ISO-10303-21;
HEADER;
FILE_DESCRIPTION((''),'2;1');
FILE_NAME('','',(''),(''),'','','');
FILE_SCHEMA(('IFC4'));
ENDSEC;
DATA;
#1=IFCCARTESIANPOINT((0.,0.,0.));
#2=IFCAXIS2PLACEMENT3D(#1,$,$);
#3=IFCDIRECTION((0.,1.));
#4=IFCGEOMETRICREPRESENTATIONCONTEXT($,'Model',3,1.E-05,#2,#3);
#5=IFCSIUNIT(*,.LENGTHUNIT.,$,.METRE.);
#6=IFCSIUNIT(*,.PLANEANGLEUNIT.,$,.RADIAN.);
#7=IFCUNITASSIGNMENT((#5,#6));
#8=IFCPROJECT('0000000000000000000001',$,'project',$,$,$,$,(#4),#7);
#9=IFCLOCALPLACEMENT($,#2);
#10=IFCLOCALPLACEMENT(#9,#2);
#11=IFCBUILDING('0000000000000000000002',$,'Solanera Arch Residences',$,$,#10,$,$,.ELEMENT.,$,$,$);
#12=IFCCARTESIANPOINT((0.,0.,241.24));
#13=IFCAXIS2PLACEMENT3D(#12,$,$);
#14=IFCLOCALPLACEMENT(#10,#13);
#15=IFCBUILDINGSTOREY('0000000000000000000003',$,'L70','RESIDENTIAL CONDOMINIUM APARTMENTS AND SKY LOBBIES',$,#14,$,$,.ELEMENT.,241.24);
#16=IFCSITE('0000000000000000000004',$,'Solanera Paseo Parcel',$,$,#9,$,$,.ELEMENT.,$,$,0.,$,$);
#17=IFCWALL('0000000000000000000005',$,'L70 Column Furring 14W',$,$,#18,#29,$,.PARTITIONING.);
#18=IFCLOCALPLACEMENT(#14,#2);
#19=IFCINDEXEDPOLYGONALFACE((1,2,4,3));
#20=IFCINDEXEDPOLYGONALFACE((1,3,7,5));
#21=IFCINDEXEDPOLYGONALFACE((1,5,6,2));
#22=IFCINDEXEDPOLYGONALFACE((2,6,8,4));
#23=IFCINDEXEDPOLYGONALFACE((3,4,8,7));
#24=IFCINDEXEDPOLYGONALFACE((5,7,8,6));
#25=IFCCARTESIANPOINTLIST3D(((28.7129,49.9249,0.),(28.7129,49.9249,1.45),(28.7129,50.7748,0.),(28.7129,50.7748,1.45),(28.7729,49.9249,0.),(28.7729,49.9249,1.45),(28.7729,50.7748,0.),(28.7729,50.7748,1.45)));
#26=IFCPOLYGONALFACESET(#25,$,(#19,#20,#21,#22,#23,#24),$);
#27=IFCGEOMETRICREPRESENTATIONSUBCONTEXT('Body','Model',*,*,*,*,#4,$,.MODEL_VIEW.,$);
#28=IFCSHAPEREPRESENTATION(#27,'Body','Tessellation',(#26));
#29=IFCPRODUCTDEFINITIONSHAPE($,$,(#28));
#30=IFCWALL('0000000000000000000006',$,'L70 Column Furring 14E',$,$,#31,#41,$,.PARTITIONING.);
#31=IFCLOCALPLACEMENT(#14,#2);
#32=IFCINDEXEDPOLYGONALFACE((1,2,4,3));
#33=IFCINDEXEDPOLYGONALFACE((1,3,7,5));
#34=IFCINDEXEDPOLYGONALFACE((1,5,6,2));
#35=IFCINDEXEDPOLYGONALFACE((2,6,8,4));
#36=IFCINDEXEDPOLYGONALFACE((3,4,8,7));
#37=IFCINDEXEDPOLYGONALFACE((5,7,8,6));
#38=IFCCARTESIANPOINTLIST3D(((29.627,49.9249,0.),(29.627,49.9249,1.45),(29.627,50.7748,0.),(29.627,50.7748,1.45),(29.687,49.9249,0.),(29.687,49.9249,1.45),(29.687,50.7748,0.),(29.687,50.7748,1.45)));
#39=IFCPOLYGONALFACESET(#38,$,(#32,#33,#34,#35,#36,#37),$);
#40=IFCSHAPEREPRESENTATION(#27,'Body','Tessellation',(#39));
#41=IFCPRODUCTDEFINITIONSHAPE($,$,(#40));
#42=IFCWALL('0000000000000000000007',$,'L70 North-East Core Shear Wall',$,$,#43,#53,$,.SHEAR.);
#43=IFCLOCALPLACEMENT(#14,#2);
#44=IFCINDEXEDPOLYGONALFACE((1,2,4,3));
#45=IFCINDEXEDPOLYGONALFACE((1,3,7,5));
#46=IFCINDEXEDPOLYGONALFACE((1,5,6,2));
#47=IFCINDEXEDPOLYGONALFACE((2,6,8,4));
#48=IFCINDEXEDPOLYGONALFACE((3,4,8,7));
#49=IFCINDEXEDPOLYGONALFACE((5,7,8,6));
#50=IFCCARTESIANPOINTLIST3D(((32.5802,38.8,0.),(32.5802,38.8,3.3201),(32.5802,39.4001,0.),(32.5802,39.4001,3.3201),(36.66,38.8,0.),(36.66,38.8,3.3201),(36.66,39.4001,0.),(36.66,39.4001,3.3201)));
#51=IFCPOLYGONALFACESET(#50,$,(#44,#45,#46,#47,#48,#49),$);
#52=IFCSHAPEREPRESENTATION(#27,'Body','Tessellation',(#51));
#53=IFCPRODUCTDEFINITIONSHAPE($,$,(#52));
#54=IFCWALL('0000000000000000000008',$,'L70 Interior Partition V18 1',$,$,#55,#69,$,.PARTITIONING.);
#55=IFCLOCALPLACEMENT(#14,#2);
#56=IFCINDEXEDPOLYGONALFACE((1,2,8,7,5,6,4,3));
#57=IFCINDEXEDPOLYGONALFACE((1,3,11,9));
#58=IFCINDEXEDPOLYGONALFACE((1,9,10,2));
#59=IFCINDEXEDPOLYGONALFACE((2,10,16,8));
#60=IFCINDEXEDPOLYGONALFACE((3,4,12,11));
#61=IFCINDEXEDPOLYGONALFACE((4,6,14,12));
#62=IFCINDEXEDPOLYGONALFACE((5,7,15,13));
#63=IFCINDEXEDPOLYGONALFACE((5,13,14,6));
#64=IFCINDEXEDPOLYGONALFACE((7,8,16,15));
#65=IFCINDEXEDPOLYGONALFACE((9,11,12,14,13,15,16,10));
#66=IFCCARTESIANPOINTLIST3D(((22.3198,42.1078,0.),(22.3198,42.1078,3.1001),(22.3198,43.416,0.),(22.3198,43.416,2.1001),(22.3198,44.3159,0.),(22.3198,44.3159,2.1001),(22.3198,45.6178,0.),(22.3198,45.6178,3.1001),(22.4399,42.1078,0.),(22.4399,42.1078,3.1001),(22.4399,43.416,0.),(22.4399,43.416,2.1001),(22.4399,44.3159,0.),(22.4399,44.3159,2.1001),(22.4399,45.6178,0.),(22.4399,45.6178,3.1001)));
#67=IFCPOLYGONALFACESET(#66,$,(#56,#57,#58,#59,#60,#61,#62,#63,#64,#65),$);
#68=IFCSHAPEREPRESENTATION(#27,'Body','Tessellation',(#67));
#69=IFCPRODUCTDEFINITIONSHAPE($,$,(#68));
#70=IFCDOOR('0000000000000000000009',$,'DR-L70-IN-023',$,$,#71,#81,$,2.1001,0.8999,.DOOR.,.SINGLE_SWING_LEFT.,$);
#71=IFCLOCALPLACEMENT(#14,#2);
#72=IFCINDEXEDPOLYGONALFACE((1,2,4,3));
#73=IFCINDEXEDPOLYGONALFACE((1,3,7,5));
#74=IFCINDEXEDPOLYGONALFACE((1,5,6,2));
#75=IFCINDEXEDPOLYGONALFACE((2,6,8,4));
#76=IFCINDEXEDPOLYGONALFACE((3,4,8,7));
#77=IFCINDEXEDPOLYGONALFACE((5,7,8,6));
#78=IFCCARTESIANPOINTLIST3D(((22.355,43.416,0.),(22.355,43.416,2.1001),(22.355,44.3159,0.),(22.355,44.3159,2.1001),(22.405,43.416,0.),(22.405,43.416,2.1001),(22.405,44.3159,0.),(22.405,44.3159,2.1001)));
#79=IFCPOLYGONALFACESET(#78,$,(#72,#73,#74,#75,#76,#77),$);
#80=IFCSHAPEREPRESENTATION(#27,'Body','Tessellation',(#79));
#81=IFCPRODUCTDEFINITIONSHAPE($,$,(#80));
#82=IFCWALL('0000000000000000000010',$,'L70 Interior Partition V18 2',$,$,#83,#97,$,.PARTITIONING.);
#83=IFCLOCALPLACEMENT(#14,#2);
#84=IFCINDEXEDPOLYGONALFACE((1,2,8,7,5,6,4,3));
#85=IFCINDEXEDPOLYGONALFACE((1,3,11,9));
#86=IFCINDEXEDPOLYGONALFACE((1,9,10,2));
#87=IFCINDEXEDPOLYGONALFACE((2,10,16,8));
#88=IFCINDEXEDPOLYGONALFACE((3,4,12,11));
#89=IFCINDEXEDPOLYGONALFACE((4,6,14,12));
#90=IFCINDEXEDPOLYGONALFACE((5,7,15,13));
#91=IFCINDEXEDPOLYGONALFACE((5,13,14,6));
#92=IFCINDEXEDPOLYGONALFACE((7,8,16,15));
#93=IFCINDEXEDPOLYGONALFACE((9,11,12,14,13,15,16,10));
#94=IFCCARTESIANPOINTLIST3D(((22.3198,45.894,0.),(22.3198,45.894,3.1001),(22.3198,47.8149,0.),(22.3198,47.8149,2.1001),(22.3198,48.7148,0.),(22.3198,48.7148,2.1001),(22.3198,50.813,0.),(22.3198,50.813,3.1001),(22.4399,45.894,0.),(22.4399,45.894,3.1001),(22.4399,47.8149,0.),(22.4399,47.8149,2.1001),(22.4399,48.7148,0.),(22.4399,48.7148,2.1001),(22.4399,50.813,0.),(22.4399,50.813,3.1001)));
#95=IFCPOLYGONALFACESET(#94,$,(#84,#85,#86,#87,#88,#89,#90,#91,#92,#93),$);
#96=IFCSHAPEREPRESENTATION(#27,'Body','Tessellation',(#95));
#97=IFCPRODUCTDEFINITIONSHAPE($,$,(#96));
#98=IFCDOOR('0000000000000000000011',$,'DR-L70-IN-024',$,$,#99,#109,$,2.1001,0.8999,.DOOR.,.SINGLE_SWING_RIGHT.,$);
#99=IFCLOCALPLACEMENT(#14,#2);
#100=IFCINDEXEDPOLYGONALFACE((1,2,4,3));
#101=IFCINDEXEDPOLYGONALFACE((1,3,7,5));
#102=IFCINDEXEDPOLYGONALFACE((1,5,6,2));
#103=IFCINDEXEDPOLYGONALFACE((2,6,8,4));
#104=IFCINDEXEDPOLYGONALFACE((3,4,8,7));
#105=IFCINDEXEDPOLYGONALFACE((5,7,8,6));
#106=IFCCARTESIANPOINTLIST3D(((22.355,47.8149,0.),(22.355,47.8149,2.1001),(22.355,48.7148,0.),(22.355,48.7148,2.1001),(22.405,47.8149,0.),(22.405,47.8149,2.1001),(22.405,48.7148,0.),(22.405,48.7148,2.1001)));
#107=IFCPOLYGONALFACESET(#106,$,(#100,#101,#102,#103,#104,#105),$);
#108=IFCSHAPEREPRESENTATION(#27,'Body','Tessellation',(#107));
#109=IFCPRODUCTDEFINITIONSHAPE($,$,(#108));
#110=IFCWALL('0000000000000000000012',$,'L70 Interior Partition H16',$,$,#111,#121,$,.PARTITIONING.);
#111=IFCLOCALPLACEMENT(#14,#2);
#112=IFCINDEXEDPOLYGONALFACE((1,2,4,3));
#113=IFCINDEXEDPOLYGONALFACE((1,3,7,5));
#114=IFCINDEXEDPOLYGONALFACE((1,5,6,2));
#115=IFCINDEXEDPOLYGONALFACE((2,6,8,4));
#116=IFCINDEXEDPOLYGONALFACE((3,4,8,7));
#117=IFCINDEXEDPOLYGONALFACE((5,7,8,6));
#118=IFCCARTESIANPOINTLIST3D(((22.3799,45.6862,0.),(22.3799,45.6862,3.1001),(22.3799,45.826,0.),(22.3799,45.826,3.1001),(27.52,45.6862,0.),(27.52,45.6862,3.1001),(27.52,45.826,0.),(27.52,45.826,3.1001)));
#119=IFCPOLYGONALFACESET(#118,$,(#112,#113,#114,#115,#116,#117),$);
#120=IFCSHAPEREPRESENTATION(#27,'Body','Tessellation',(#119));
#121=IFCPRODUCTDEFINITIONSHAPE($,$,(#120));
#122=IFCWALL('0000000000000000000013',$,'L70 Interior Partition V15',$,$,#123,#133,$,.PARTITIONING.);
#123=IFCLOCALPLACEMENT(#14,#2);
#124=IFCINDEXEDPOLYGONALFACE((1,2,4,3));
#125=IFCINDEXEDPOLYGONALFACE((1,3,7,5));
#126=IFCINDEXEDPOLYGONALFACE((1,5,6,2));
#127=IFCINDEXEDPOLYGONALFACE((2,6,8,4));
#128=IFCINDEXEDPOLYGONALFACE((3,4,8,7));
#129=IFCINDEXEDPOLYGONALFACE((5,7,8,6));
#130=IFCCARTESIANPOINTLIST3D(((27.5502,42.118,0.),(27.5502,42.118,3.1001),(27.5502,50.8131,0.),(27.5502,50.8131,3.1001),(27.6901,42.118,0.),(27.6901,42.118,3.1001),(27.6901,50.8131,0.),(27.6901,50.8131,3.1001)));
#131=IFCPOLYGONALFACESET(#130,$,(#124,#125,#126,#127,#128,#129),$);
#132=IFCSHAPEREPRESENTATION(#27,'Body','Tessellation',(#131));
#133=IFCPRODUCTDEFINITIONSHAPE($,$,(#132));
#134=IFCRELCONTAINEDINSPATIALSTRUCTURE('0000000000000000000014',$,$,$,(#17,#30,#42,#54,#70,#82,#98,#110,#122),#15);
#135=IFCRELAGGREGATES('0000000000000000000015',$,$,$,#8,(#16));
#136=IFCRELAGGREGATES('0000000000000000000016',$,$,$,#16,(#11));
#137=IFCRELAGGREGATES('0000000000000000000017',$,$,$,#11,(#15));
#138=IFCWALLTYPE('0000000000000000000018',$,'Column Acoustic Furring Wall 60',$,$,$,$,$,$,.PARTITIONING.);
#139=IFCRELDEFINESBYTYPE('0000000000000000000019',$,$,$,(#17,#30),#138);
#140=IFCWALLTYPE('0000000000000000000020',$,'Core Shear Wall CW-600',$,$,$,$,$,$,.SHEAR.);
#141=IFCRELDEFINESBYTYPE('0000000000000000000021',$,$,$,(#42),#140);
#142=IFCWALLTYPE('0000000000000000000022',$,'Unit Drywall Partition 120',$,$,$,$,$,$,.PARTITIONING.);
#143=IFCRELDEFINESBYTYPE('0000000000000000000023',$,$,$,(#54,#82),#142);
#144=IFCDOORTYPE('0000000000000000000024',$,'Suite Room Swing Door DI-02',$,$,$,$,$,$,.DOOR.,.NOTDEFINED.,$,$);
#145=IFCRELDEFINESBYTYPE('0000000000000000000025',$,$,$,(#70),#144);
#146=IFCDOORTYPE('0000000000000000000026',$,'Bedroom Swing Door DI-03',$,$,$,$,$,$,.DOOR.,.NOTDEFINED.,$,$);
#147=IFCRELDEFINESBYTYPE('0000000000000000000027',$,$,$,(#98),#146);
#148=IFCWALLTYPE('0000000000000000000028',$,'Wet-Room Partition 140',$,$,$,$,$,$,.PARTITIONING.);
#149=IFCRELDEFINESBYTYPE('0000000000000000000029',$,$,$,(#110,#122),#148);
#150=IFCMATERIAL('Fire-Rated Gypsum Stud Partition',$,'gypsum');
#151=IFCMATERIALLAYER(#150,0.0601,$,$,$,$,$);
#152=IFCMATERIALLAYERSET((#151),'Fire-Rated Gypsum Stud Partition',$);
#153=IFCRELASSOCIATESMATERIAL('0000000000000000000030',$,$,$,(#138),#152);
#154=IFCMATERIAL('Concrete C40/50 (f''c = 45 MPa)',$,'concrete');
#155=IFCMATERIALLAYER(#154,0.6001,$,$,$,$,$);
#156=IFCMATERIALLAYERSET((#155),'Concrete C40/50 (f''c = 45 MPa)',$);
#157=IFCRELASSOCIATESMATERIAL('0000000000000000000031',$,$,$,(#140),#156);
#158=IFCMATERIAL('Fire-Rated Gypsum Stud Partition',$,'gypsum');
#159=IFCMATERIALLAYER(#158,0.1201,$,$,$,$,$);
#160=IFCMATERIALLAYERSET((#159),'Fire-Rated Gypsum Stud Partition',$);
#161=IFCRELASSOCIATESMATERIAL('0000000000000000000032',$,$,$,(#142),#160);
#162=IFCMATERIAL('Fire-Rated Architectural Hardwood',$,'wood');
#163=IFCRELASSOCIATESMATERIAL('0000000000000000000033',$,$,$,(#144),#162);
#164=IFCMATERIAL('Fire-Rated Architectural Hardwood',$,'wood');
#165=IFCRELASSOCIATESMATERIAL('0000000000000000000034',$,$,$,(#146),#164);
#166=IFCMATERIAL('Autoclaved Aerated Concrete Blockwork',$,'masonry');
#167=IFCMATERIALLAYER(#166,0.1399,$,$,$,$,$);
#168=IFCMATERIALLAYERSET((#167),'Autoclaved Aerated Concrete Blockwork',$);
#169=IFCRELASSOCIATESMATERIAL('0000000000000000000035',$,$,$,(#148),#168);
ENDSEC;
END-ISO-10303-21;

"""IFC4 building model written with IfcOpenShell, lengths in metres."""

from ifc_helpers import new_model, si_unit, direction, frame, frame_2d, origin, place, context, subcontext, project, spatial, rectangle, extrude, material, layer, layer_set, type_object, element, fill, save


model = new_model("IFC4")

# Units and contexts
model_context = context("Model", 3, precision=1e-05, world=origin(), true_north=direction((0.0, 1.0)))
body_context = subcontext(model_context, "Body", "Model", "MODEL_VIEW")
ifc_project = project(units=[si_unit("LENGTHUNIT", "METRE"), si_unit("PLANEANGLEUNIT", "RADIAN")], contexts=[model_context])

# Site, building, storey
site_placement = place(None, origin())
site = spatial("IfcSite", under=ifc_project, at=site_placement, Name="Solanera Paseo Parcel", CompositionType="ELEMENT", RefElevation=0.0)
building_placement = place(site_placement, origin())
building = spatial("IfcBuilding", under=site, at=building_placement, Name="Solanera Arch Residences", CompositionType="ELEMENT")
storey_placement = place(building_placement, frame((0.0, 0.0, 241.24)))
storey = spatial("IfcBuildingStorey", under=building, at=storey_placement, Name="L70", Description="RESIDENTIAL CONDOMINIUM APARTMENTS AND SKY LOBBIES", CompositionType="ELEMENT", Elevation=241.24)

# Walls
ifc_material_1 = material(Name="Fire-Rated Gypsum Stud Partition", Category="gypsum")
ifc_layer_1 = layer(ifc_material_1, 0.0601)
ifc_layer_set_1 = layer_set([ifc_layer_1], Name="Fire-Rated Gypsum Stud Partition")
wall_type_1 = type_object("IfcWallType", Name="Column Acoustic Furring Wall 60", PredefinedType="PARTITIONING", material=ifc_layer_set_1)
for number, where, z_axis, x_axis, name in (
    (1, (28.7429, 49.925, 0.0), (0.0, 0.0, 1.0), (0.0, 1.0, 0.0), "L70 Column Furring 14W"),
    (2, (29.657, 49.925, 0.0), (0.0, 0.0, 1.0), (0.0, 1.0, 0.0), "L70 Column Furring 14E"),
):
    element("IfcWall", number, at=place(storey_placement, frame(where, z_axis=z_axis, x_axis=x_axis)), inside=storey, type_object=wall_type_1, Name=name, PredefinedType="PARTITIONING", context=body_context, shape_type="SweptSolid", body=[
        extrude(rectangle(XDim=0.8499, YDim=0.0601, at=frame_2d((0.4248, 0.0))), origin(), (0.0, 0.0, 1.0), 1.45),
    ])
ifc_material_2 = material(Name="Concrete C40/50 (f'c = 45 MPa)", Category="concrete")
ifc_layer_2 = layer(ifc_material_2, 0.6001)
ifc_layer_set_2 = layer_set([ifc_layer_2], Name="Concrete C40/50 (f'c = 45 MPa)")
wall_type_2 = type_object("IfcWallType", Name="Core Shear Wall CW-600", PredefinedType="SHEAR", material=ifc_layer_set_2)
wall_1_placement = place(storey_placement, frame((32.5801, 39.1001, 0.0), z_axis=(0.0, 0.0, 1.0), x_axis=(1.0, 0.0, 0.0)))
element("IfcWall", 3, at=wall_1_placement, inside=storey, type_object=wall_type_2, Name="L70 North-East Core Shear Wall", PredefinedType="SHEAR", context=body_context, shape_type="SweptSolid", body=[
    extrude(rectangle(XDim=4.0798, YDim=0.6001, at=frame_2d((2.04, 0.0))), origin(), (0.0, 0.0, 1.0), 3.3201),
])

# Walls, openings, doors
ifc_material_3 = material(Name="Fire-Rated Gypsum Stud Partition", Category="gypsum")
ifc_layer_3 = layer(ifc_material_3, 0.1201)
ifc_layer_set_3 = layer_set([ifc_layer_3], Name="Fire-Rated Gypsum Stud Partition")
wall_type_3 = type_object("IfcWallType", Name="Unit Drywall Partition 120", PredefinedType="PARTITIONING", material=ifc_layer_set_3)
wall_2_placement = place(storey_placement, frame((22.3799, 42.1079, 0.0), z_axis=(0.0, 0.0, 1.0), x_axis=(0.0, 1.0, 0.0)))
wall_2 = element("IfcWall", 4, at=wall_2_placement, inside=storey, type_object=wall_type_3, Name="L70 Interior Partition V18 1", PredefinedType="PARTITIONING", context=body_context, shape_type="SweptSolid", body=[
    extrude(rectangle(XDim=3.51, YDim=0.1201, at=frame_2d((1.7549, 0.0))), origin(), (0.0, 0.0, 1.0), 3.1001),
])
opening_1_placement = place(wall_2_placement, frame((1.3081, 0.0, 0.0)))
opening_1 = element("IfcOpeningElement", 5, at=opening_1_placement, cuts=wall_2, PredefinedType="OPENING", context=body_context, shape_type="SweptSolid", body=[
    extrude(rectangle(XDim=0.8999, YDim=2.1001, at=frame_2d((0.45, 1.05))), frame((0.0, 0.0701, 0.0), z_axis=(0.0, -1.0, 0.0), x_axis=(1.0, 0.0, 0.0)), (0.0, 0.0, 1.0), 0.1401),
])
ifc_material_4 = material(Name="Fire-Rated Architectural Hardwood", Category="wood")
door_type_1 = type_object("IfcDoorType", Name="Suite Room Swing Door DI-02", OperationType="NOTDEFINED", PredefinedType="DOOR", material=ifc_material_4)
door_1_placement = place(opening_1_placement, origin())
door_1 = element("IfcDoor", 6, at=door_1_placement, inside=storey, type_object=door_type_1, Name="DR-L70-IN-023", OperationType="SINGLE_SWING_LEFT", OverallHeight=2.1001, OverallWidth=0.8999, PredefinedType="DOOR", context=body_context, shape_type="SweptSolid", body=[
    extrude(rectangle(XDim=0.8999, YDim=2.1001, at=frame_2d((0.45, 1.05))), frame((0.0, 0.0249, 0.0), z_axis=(0.0, -1.0, 0.0), x_axis=(1.0, 0.0, 0.0)), (0.0, 0.0, 1.0), 0.05),
])
fill(opening_1, door_1)
wall_3_placement = place(storey_placement, frame((22.3799, 45.894, 0.0), z_axis=(0.0, 0.0, 1.0), x_axis=(0.0, 1.0, 0.0)))
wall_3 = element("IfcWall", 7, at=wall_3_placement, inside=storey, type_object=wall_type_3, Name="L70 Interior Partition V18 2", PredefinedType="PARTITIONING", context=body_context, shape_type="SweptSolid", body=[
    extrude(rectangle(XDim=4.9189, YDim=0.1201, at=frame_2d((2.4595, 0.0))), origin(), (0.0, 0.0, 1.0), 3.1001),
])
opening_2_placement = place(wall_3_placement, frame((1.9209, 0.0, 0.0)))
opening_2 = element("IfcOpeningElement", 8, at=opening_2_placement, cuts=wall_3, PredefinedType="OPENING", context=body_context, shape_type="SweptSolid", body=[
    extrude(rectangle(XDim=0.8999, YDim=2.1001, at=frame_2d((0.45, 1.05))), frame((0.0, 0.0701, 0.0), z_axis=(0.0, -1.0, 0.0), x_axis=(1.0, 0.0, 0.0)), (0.0, 0.0, 1.0), 0.1401),
])
ifc_material_5 = material(Name="Fire-Rated Architectural Hardwood", Category="wood")
door_type_2 = type_object("IfcDoorType", Name="Bedroom Swing Door DI-03", OperationType="NOTDEFINED", PredefinedType="DOOR", material=ifc_material_5)
door_2_placement = place(opening_2_placement, origin())
door_2 = element("IfcDoor", 9, at=door_2_placement, inside=storey, type_object=door_type_2, Name="DR-L70-IN-024", OperationType="SINGLE_SWING_RIGHT", OverallHeight=2.1001, OverallWidth=0.8999, PredefinedType="DOOR", context=body_context, shape_type="SweptSolid", body=[
    extrude(rectangle(XDim=0.8999, YDim=2.1001, at=frame_2d((0.45, 1.05))), frame((0.0, 0.0249, 0.0), z_axis=(0.0, -1.0, 0.0), x_axis=(1.0, 0.0, 0.0)), (0.0, 0.0, 1.0), 0.05),
])
fill(opening_2, door_2)

# Walls
ifc_material_6 = material(Name="Autoclaved Aerated Concrete Blockwork", Category="masonry")
ifc_layer_4 = layer(ifc_material_6, 0.1399)
ifc_layer_set_4 = layer_set([ifc_layer_4], Name="Autoclaved Aerated Concrete Blockwork")
wall_type_4 = type_object("IfcWallType", Name="Wet-Room Partition 140", PredefinedType="PARTITIONING", material=ifc_layer_set_4)
wall_4_placement = place(storey_placement, frame((22.3799, 45.7561, 0.0), z_axis=(0.0, 0.0, 1.0), x_axis=(1.0, 0.0, 0.0)))
element("IfcWall", 10, at=wall_4_placement, inside=storey, type_object=wall_type_4, Name="L70 Interior Partition H16", PredefinedType="PARTITIONING", context=body_context, shape_type="SweptSolid", body=[
    extrude(rectangle(XDim=5.1401, YDim=0.1399, at=frame_2d((2.5701, 0.0))), origin(), (0.0, 0.0, 1.0), 3.1001),
])
wall_5_placement = place(storey_placement, frame((27.6201, 42.1179, 0.0), z_axis=(0.0, 0.0, 1.0), x_axis=(0.0, 1.0, 0.0)))
element("IfcWall", 11, at=wall_5_placement, inside=storey, type_object=wall_type_4, Name="L70 Interior Partition V15", PredefinedType="PARTITIONING", context=body_context, shape_type="SweptSolid", body=[
    extrude(rectangle(XDim=8.6951, YDim=0.1399, at=frame_2d((4.3477, 0.0))), origin(), (0.0, 0.0, 1.0), 3.1001),
])

save(model, "model.ifc")
